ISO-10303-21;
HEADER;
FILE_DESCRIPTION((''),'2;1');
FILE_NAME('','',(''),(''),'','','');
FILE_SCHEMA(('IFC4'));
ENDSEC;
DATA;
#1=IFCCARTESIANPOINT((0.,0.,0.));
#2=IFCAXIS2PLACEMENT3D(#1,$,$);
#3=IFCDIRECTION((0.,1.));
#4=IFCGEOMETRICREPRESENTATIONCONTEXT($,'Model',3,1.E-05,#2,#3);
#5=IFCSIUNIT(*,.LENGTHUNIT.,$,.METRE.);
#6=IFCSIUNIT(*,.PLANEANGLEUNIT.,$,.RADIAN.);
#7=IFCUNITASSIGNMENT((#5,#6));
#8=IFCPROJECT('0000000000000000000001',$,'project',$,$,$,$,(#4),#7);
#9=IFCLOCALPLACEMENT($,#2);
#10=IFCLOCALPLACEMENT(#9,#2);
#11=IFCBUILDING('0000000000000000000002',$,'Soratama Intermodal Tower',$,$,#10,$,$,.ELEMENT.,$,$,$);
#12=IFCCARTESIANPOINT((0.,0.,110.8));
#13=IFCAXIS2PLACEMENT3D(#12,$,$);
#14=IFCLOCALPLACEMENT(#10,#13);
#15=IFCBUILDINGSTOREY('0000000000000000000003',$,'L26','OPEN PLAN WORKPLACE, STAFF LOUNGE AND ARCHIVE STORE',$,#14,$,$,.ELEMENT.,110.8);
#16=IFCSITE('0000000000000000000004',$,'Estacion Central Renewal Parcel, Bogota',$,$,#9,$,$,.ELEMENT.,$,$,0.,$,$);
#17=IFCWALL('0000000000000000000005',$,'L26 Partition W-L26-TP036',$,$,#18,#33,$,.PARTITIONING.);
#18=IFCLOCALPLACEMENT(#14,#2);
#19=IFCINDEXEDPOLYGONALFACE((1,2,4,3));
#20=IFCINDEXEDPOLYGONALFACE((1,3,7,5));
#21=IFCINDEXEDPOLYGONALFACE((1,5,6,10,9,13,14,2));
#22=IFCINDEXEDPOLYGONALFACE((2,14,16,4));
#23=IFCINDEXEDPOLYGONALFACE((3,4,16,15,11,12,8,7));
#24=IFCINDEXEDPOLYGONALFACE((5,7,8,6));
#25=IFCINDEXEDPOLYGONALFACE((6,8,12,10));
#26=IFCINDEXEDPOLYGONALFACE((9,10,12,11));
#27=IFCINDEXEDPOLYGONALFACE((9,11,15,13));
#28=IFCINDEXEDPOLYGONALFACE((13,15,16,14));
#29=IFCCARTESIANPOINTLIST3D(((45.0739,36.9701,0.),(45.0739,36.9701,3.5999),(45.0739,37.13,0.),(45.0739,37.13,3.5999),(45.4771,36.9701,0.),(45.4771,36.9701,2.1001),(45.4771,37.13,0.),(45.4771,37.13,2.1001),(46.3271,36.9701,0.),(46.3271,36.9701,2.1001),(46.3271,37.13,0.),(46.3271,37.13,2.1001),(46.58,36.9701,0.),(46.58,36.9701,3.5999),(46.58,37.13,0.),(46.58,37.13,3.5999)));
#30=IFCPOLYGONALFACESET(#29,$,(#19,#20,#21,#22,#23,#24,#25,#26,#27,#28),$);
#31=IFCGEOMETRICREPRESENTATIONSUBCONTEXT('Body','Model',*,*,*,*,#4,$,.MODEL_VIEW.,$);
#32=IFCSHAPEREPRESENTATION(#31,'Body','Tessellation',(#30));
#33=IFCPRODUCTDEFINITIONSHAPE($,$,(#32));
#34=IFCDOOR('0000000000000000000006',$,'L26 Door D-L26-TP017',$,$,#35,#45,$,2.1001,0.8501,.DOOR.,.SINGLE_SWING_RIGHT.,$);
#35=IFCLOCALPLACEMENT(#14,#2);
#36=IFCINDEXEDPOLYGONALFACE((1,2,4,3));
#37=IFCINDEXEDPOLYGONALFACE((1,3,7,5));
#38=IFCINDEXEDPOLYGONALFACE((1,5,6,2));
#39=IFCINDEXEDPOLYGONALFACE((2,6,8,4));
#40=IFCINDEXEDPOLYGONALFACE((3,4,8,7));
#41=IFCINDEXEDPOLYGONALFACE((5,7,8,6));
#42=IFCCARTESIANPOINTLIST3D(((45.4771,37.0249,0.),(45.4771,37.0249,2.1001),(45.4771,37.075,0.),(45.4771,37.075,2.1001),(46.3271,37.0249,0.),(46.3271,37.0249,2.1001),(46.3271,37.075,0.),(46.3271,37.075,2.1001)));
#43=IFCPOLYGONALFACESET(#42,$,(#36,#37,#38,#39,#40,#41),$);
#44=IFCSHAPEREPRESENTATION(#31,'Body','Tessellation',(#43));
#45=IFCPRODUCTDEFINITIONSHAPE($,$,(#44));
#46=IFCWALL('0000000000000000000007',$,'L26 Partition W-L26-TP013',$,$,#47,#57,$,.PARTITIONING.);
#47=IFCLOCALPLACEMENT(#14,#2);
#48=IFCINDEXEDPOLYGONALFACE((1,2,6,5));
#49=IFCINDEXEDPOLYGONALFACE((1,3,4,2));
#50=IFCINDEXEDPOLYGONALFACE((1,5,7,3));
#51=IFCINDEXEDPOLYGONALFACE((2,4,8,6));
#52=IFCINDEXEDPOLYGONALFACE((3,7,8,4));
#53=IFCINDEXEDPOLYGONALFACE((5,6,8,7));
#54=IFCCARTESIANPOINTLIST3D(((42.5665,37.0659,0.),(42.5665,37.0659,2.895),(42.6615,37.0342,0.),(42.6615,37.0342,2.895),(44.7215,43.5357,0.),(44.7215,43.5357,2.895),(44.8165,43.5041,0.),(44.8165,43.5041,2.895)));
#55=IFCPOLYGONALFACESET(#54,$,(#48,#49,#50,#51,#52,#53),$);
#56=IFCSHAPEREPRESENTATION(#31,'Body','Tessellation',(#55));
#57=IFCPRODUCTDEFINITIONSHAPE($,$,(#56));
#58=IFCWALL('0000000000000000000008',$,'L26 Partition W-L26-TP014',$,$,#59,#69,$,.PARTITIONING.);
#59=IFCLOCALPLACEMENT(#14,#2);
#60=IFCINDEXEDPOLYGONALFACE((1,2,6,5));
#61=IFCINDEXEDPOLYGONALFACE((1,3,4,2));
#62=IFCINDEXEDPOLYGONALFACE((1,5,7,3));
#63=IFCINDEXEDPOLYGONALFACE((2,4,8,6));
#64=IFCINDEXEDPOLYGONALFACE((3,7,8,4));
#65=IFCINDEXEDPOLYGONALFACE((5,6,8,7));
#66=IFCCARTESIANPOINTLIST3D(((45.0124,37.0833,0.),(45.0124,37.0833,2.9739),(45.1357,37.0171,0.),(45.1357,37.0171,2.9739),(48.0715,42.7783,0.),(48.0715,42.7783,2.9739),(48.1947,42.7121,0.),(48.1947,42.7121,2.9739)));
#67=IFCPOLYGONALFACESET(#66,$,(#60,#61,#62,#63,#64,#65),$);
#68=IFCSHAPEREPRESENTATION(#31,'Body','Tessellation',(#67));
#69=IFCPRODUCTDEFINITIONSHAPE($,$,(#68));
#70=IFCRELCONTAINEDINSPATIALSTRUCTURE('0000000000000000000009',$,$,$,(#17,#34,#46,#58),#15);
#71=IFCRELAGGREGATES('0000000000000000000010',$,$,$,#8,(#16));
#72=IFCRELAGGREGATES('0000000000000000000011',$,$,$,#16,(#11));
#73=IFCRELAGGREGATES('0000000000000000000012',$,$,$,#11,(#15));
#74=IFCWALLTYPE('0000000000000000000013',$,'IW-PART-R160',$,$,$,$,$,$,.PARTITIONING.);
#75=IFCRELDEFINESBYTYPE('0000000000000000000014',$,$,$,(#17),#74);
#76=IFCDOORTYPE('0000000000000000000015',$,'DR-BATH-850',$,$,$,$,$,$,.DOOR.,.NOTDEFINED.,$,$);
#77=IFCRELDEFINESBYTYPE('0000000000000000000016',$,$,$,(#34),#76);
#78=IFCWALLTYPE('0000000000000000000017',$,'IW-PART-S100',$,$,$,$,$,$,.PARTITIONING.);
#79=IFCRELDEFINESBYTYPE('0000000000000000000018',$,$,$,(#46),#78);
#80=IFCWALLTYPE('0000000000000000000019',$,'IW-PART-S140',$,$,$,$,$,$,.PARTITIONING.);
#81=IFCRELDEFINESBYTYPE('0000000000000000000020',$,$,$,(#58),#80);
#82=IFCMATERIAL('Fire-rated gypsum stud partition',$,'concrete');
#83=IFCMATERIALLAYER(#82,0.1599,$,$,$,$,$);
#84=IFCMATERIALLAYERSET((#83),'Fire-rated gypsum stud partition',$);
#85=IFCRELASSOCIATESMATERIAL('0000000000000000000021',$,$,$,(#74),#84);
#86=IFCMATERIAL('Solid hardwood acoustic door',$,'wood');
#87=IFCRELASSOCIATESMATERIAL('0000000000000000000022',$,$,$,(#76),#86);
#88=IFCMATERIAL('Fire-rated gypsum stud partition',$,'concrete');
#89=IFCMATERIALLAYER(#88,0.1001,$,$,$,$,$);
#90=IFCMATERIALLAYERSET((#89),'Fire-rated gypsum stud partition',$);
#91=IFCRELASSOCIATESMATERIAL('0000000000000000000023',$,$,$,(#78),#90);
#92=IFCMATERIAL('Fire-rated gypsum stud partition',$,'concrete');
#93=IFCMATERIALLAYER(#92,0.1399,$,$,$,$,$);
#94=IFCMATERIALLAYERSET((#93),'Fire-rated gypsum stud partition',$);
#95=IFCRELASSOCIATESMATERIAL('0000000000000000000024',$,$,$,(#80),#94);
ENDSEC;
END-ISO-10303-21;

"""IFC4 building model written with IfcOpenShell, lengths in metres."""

from ifc_helpers import new_model, si_unit, direction, frame, frame_2d, origin, place, context, subcontext, project, spatial, rectangle, extrude, material, layer, layer_set, type_object, element, fill, save


model = new_model("IFC4")

# Units and contexts
model_context = context("Model", 3, precision=1e-05, world=origin(), true_north=direction((0.0, 1.0)))
body_context = subcontext(model_context, "Body", "Model", "MODEL_VIEW")
ifc_project = project(units=[si_unit("LENGTHUNIT", "METRE"), si_unit("PLANEANGLEUNIT", "RADIAN")], contexts=[model_context])

# Site, building, storey
site_placement = place(None, origin())
site = spatial("IfcSite", under=ifc_project, at=site_placement, Name="Estacion Central Renewal Parcel, Bogota", CompositionType="ELEMENT", RefElevation=0.0)
building_placement = place(site_placement, origin())
building = spatial("IfcBuilding", under=site, at=building_placement, Name="Soratama Intermodal Tower", CompositionType="ELEMENT")
storey_placement = place(building_placement, frame((0.0, 0.0, 110.8)))
storey = spatial("IfcBuildingStorey", under=building, at=storey_placement, Name="L26", Description="OPEN PLAN WORKPLACE, STAFF LOUNGE AND ARCHIVE STORE", CompositionType="ELEMENT", Elevation=110.8)

# Wall, opening, door
ifc_material_1 = material(Name="Fire-rated gypsum stud partition", Category="concrete")
ifc_layer_1 = layer(ifc_material_1, 0.1599)
ifc_layer_set_1 = layer_set([ifc_layer_1], Name="Fire-rated gypsum stud partition")
wall_type_1 = type_object("IfcWallType", Name="IW-PART-R160", PredefinedType="PARTITIONING", material=ifc_layer_set_1)
wall_1_placement = place(storey_placement, frame((45.074, 37.05, 0.0), z_axis=(0.0, 0.0, 1.0), x_axis=(1.0, 0.0, 0.0)))
wall_1 = element("IfcWall", 1, at=wall_1_placement, inside=storey, type_object=wall_type_1, Name="L26 Partition W-L26-TP036", PredefinedType="PARTITIONING", context=body_context, shape_type="SweptSolid", body=[
    extrude(rectangle(XDim=1.5061, YDim=0.1599, at=frame_2d((0.7529, 0.0))), origin(), (0.0, 0.0, 1.0), 3.5999),
])
opening_1_placement = place(wall_1_placement, frame((0.4031, 0.0, 0.0)))
opening_1 = element("IfcOpeningElement", 2, at=opening_1_placement, cuts=wall_1, PredefinedType="OPENING", context=body_context, shape_type="SweptSolid", body=[
    extrude(rectangle(XDim=0.8501, YDim=2.1001, at=frame_2d((0.425, 1.05))), frame((0.0, 0.0898, 0.0), z_axis=(0.0, -1.0, 0.0), x_axis=(1.0, 0.0, 0.0)), (0.0, 0.0, 1.0), 0.1799),
])
ifc_material_2 = material(Name="Solid hardwood acoustic door", Category="wood")
door_type_1 = type_object("IfcDoorType", Name="DR-BATH-850", OperationType="NOTDEFINED", PredefinedType="DOOR", material=ifc_material_2)
door_1_placement = place(opening_1_placement, origin())
door_1 = element("IfcDoor", 3, at=door_1_placement, inside=storey, type_object=door_type_1, Name="L26 Door D-L26-TP017", OperationType="SINGLE_SWING_RIGHT", OverallHeight=2.1001, OverallWidth=0.8501, PredefinedType="DOOR", context=body_context, shape_type="SweptSolid", body=[
    extrude(rectangle(XDim=0.8501, YDim=2.1001, at=frame_2d((0.425, 1.05))), frame((0.0, 0.0249, 0.0), z_axis=(0.0, -1.0, 0.0), x_axis=(1.0, 0.0, 0.0)), (0.0, 0.0, 1.0), 0.05),
])
fill(opening_1, door_1)

# Walls
ifc_material_3 = material(Name="Fire-rated gypsum stud partition", Category="concrete")
ifc_layer_2 = layer(ifc_material_3, 0.1001)
ifc_layer_set_2 = layer_set([ifc_layer_2], Name="Fire-rated gypsum stud partition")
wall_type_2 = type_object("IfcWallType", Name="IW-PART-S100", PredefinedType="PARTITIONING", material=ifc_layer_set_2)
wall_2_placement = place(storey_placement, frame((42.614, 37.05, 0.0), z_axis=(0.0, 0.0, 1.0), x_axis=(0.316013, 0.948755, 0.0)))
element("IfcWall", 4, at=wall_2_placement, inside=storey, type_object=wall_type_2, Name="L26 Partition W-L26-TP013", PredefinedType="PARTITIONING", context=body_context, shape_type="SweptSolid", body=[
    extrude(rectangle(XDim=6.8193, YDim=0.1001, at=frame_2d((3.4097, 0.0))), origin(), (0.0, 0.0, 1.0), 2.895),
])
ifc_material_4 = material(Name="Fire-rated gypsum stud partition", Category="concrete")
ifc_layer_3 = layer(ifc_material_4, 0.1399)
ifc_layer_set_3 = layer_set([ifc_layer_3], Name="Fire-rated gypsum stud partition")
wall_type_3 = type_object("IfcWallType", Name="IW-PART-S140", PredefinedType="PARTITIONING", material=ifc_layer_set_3)
wall_3_placement = place(storey_placement, frame((45.074, 37.05, 0.0), z_axis=(0.0, 0.0, 1.0), x_axis=(0.473201, 0.880954, 0.0)))
element("IfcWall", 5, at=wall_3_placement, inside=storey, type_object=wall_type_3, Name="L26 Partition W-L26-TP014", PredefinedType="PARTITIONING", context=body_context, shape_type="SweptSolid", body=[
    extrude(rectangle(XDim=6.4646, YDim=0.1399, at=frame_2d((3.2324, 0.0))), origin(), (0.0, 0.0, 1.0), 2.9739),
])

save(model, "model.ifc")
